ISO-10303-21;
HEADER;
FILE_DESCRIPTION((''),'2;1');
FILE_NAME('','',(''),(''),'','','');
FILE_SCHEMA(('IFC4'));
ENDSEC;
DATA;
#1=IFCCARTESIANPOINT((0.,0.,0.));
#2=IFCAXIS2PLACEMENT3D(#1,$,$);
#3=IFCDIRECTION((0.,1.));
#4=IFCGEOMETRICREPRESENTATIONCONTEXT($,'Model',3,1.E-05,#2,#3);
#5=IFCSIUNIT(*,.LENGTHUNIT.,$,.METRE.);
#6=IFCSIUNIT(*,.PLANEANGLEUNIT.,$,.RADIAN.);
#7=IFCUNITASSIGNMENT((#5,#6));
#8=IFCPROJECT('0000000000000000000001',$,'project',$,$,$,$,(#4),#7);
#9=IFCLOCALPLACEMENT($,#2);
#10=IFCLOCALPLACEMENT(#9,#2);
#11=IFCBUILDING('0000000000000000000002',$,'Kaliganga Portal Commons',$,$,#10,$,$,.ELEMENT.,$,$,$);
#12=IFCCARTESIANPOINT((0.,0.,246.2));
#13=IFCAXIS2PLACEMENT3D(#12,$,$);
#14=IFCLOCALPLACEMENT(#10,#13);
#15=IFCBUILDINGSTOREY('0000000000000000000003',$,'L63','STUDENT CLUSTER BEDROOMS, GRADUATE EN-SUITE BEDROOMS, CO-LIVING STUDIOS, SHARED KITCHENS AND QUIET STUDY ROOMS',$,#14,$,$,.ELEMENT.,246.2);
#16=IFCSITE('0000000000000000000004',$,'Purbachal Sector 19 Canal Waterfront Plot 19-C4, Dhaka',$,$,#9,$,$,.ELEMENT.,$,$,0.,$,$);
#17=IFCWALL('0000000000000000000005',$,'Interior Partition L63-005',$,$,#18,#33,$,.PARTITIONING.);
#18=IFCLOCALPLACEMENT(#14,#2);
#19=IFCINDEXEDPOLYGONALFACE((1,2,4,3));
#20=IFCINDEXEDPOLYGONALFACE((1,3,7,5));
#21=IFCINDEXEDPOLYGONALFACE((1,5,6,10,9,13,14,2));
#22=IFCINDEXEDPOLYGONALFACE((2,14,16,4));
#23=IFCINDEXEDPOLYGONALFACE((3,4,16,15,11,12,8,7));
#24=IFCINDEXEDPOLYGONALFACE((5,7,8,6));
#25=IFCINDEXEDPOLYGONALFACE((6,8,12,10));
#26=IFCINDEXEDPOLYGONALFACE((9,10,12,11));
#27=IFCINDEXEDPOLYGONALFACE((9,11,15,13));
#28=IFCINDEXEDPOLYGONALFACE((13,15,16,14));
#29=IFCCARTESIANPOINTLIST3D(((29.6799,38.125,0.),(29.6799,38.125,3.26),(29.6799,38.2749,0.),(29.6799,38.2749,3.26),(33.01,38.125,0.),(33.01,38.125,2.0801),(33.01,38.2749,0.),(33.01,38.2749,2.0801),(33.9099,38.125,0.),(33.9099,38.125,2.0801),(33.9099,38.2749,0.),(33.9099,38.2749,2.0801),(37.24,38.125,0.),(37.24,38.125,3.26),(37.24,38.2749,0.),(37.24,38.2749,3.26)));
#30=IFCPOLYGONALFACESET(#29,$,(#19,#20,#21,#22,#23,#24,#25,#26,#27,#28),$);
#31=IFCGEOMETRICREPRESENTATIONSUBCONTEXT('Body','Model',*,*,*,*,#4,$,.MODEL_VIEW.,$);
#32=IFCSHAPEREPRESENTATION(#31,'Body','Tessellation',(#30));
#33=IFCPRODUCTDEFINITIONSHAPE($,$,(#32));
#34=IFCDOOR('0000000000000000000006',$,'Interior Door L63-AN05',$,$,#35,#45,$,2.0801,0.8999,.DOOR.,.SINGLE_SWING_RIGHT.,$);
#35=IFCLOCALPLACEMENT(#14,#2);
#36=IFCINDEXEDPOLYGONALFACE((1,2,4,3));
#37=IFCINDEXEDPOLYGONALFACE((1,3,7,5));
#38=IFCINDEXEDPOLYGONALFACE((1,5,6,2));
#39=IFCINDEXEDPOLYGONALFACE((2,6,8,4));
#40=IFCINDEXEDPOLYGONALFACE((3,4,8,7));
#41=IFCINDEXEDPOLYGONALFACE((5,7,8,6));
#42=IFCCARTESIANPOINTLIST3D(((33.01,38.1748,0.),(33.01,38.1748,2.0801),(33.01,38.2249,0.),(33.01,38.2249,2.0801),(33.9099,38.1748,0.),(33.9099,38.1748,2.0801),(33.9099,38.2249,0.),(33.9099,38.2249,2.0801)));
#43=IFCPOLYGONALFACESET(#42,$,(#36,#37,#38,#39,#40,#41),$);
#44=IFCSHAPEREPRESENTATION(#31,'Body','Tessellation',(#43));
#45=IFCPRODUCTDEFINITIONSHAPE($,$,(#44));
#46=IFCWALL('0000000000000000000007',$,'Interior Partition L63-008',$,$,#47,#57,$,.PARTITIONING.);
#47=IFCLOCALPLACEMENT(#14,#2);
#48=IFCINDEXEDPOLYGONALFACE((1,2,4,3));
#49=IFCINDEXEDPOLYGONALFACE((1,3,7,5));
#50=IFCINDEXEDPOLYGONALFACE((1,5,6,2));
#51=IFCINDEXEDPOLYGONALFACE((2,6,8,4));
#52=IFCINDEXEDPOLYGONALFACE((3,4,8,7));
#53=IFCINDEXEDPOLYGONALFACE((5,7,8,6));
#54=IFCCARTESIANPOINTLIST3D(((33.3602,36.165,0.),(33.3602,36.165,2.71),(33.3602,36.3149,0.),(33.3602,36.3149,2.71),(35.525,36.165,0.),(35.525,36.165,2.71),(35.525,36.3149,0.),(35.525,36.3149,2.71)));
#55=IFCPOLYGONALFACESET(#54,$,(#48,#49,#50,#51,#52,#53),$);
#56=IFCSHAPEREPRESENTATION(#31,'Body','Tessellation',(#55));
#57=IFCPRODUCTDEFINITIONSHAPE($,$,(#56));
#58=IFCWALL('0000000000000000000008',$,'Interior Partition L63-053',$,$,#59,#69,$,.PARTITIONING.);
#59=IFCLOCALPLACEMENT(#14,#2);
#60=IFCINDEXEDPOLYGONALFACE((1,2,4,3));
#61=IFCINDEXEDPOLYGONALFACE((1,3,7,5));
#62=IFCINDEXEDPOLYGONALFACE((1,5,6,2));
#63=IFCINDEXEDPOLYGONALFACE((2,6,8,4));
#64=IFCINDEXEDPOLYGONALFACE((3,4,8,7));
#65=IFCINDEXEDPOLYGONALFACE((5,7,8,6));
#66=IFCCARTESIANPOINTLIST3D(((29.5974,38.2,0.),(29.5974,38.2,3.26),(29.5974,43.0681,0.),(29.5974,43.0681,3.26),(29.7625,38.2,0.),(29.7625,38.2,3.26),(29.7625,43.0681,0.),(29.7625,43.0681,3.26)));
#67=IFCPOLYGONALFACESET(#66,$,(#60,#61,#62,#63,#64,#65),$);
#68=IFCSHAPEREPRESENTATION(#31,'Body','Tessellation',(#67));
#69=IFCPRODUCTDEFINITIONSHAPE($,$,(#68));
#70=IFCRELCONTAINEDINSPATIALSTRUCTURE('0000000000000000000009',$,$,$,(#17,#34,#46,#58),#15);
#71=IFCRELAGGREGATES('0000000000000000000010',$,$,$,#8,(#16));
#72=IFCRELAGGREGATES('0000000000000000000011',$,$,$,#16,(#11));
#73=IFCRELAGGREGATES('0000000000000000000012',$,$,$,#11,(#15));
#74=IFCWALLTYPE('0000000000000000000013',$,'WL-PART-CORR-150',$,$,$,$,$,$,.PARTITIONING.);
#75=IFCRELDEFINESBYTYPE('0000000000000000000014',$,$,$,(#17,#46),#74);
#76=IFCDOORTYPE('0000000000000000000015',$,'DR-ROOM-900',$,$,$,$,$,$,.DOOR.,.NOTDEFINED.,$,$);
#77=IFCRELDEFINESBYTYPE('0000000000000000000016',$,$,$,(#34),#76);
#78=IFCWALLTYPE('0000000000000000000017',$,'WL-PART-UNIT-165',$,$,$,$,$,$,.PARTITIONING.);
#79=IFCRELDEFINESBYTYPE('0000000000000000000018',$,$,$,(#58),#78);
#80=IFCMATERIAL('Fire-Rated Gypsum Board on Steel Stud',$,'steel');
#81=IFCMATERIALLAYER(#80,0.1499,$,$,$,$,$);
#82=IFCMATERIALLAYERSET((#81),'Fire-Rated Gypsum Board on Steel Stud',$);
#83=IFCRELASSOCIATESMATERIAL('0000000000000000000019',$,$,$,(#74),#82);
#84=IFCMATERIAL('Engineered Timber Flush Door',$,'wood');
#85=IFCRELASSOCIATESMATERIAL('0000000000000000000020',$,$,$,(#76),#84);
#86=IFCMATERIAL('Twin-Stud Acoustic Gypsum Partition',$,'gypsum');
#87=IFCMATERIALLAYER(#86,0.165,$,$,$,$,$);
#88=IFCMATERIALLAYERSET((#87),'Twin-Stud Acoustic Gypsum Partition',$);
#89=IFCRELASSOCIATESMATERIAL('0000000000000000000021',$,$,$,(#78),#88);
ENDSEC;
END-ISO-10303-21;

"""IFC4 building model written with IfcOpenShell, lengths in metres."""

from ifc_helpers import new_model, si_unit, direction, frame, frame_2d, origin, place, context, subcontext, project, spatial, rectangle, extrude, material, layer, layer_set, type_object, element, fill, save


model = new_model("IFC4")

# Units and contexts
model_context = context("Model", 3, precision=1e-05, world=origin(), true_north=direction((0.0, 1.0)))
body_context = subcontext(model_context, "Body", "Model", "MODEL_VIEW")
ifc_project = project(units=[si_unit("LENGTHUNIT", "METRE"), si_unit("PLANEANGLEUNIT", "RADIAN")], contexts=[model_context])

# Site, building, storey
site_placement = place(None, origin())
site = spatial("IfcSite", under=ifc_project, at=site_placement, Name="Purbachal Sector 19 Canal Waterfront Plot 19-C4, Dhaka", CompositionType="ELEMENT", RefElevation=0.0)
building_placement = place(site_placement, origin())
building = spatial("IfcBuilding", under=site, at=building_placement, Name="Kaliganga Portal Commons", CompositionType="ELEMENT")
storey_placement = place(building_placement, frame((0.0, 0.0, 246.2)))
storey = spatial("IfcBuildingStorey", under=building, at=storey_placement, Name="L63", Description="STUDENT CLUSTER BEDROOMS, GRADUATE EN-SUITE BEDROOMS, CO-LIVING STUDIOS, SHARED KITCHENS AND QUIET STUDY ROOMS", CompositionType="ELEMENT", Elevation=246.2)

# Wall, opening, door
ifc_material_1 = material(Name="Fire-Rated Gypsum Board on Steel Stud", Category="steel")
ifc_layer_1 = layer(ifc_material_1, 0.1499)
ifc_layer_set_1 = layer_set([ifc_layer_1], Name="Fire-Rated Gypsum Board on Steel Stud")
wall_type_1 = type_object("IfcWallType", Name="WL-PART-CORR-150", PredefinedType="PARTITIONING", material=ifc_layer_set_1)
wall_1_placement = place(storey_placement, frame((29.6799, 38.2, 0.0), z_axis=(0.0, 0.0, 1.0), x_axis=(1.0, 0.0, 0.0)))
wall_1 = element("IfcWall", 1, at=wall_1_placement, inside=storey, type_object=wall_type_1, Name="Interior Partition L63-005", PredefinedType="PARTITIONING", context=body_context, shape_type="SweptSolid", body=[
    extrude(rectangle(XDim=7.5601, YDim=0.1499, at=frame_2d((3.78, 0.0))), origin(), (0.0, 0.0, 1.0), 3.26),
])
opening_1_placement = place(wall_1_placement, frame((3.3301, 0.0, 0.0)))
opening_1 = element("IfcOpeningElement", 2, at=opening_1_placement, cuts=wall_1, PredefinedType="OPENING", context=body_context, shape_type="SweptSolid", body=[
    extrude(rectangle(XDim=0.8999, YDim=2.0801, at=frame_2d((0.45, 1.04))), frame((0.0, 0.085, 0.0), z_axis=(0.0, -1.0, 0.0), x_axis=(1.0, 0.0, 0.0)), (0.0, 0.0, 1.0), 0.1699),
])
ifc_material_2 = material(Name="Engineered Timber Flush Door", Category="wood")
door_type_1 = type_object("IfcDoorType", Name="DR-ROOM-900", OperationType="NOTDEFINED", PredefinedType="DOOR", material=ifc_material_2)
door_1_placement = place(opening_1_placement, origin())
door_1 = element("IfcDoor", 3, at=door_1_placement, inside=storey, type_object=door_type_1, Name="Interior Door L63-AN05", OperationType="SINGLE_SWING_RIGHT", OverallHeight=2.0801, OverallWidth=0.8999, PredefinedType="DOOR", context=body_context, shape_type="SweptSolid", body=[
    extrude(rectangle(XDim=0.8999, YDim=2.0801, at=frame_2d((0.45, 1.04))), frame((0.0, 0.0249, 0.0), z_axis=(0.0, -1.0, 0.0), x_axis=(1.0, 0.0, 0.0)), (0.0, 0.0, 1.0), 0.05),
])
fill(opening_1, door_1)

# Walls
wall_2_placement = place(storey_placement, frame((33.3601, 36.24, 0.0), z_axis=(0.0, 0.0, 1.0), x_axis=(1.0, 0.0, 0.0)))
element("IfcWall", 4, at=wall_2_placement, inside=storey, type_object=wall_type_1, Name="Interior Partition L63-008", PredefinedType="PARTITIONING", context=body_context, shape_type="SweptSolid", body=[
    extrude(rectangle(XDim=2.1648, YDim=0.1499, at=frame_2d((1.0825, 0.0))), origin(), (0.0, 0.0, 1.0), 2.71),
])
ifc_material_3 = material(Name="Twin-Stud Acoustic Gypsum Partition", Category="gypsum")
ifc_layer_2 = layer(ifc_material_3, 0.165)
ifc_layer_set_2 = layer_set([ifc_layer_2], Name="Twin-Stud Acoustic Gypsum Partition")
wall_type_2 = type_object("IfcWallType", Name="WL-PART-UNIT-165", PredefinedType="PARTITIONING", material=ifc_layer_set_2)
wall_3_placement = place(storey_placement, frame((29.6799, 38.2, 0.0), z_axis=(0.0, 0.0, 1.0), x_axis=(0.0, 1.0, 0.0)))
element("IfcWall", 5, at=wall_3_placement, inside=storey, type_object=wall_type_2, Name="Interior Partition L63-053", PredefinedType="PARTITIONING", context=body_context, shape_type="SweptSolid", body=[
    extrude(rectangle(XDim=4.8682, YDim=0.165, at=frame_2d((2.4341, 0.0))), origin(), (0.0, 0.0, 1.0), 3.26),
])

save(model, "model.ifc")
